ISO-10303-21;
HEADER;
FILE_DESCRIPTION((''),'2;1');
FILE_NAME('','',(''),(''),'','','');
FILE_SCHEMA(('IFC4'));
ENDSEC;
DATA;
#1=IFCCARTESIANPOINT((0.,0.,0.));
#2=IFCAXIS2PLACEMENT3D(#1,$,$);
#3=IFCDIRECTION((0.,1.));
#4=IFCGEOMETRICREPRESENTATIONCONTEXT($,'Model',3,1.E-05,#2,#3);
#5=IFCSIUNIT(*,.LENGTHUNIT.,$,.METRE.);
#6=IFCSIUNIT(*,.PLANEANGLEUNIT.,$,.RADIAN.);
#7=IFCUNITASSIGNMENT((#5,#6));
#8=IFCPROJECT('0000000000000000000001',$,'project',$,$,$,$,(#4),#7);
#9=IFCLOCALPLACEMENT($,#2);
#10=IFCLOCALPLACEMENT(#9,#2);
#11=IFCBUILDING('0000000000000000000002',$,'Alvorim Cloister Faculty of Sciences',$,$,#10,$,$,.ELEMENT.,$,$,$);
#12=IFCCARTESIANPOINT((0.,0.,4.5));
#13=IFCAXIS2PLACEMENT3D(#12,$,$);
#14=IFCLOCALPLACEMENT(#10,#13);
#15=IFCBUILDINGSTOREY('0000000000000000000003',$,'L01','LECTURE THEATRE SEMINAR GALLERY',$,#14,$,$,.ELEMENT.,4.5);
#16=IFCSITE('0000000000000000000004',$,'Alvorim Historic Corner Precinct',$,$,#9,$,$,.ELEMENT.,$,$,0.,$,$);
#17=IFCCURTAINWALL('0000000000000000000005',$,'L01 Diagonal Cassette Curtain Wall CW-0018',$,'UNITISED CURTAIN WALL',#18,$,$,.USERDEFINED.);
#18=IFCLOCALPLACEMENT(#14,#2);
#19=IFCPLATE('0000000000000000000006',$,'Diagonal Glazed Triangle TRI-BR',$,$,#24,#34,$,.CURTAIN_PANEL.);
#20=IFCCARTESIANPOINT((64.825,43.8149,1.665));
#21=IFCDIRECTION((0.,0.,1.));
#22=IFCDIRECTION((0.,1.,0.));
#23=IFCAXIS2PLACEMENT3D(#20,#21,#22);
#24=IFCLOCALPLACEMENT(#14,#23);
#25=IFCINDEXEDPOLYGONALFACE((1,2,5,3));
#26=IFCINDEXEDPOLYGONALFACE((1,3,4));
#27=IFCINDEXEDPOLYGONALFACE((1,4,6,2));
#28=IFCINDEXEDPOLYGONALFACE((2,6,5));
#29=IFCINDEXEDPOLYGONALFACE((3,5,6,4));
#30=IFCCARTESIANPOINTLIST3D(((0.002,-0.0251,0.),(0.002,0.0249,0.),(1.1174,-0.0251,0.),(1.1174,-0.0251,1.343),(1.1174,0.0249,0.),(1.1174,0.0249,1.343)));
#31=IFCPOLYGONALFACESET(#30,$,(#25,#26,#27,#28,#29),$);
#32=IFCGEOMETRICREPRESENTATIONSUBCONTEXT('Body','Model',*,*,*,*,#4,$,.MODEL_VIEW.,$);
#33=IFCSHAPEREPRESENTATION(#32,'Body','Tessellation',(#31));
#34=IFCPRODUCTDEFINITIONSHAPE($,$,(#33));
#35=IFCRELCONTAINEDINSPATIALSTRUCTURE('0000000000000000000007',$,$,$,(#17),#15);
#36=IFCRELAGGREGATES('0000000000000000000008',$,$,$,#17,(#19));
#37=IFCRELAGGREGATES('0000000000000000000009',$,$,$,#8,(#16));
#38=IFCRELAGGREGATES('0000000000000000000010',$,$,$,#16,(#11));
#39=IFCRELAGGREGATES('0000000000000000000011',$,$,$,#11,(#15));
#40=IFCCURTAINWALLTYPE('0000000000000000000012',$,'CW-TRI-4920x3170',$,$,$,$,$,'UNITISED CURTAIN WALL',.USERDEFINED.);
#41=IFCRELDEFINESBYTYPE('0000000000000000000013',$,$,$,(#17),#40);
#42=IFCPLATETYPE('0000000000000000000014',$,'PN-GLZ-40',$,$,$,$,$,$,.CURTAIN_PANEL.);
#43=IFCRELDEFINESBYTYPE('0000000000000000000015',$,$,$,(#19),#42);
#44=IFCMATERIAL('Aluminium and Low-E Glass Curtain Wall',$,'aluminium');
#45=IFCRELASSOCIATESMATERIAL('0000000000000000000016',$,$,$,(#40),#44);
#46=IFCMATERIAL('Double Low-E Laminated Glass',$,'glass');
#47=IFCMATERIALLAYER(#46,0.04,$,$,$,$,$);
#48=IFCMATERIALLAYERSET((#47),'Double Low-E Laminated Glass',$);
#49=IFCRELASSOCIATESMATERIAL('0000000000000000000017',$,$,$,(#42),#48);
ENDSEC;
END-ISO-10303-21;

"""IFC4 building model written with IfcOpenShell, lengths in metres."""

from ifc_helpers import new_model, si_unit, direction, frame, origin, place, context, subcontext, project, spatial, polyline, outline, extrude, material, layer, layer_set, type_object, element, aggregate, save


model = new_model("IFC4")

# Units and contexts
model_context = context("Model", 3, precision=1e-05, world=origin(), true_north=direction((0.0, 1.0)))
body_context = subcontext(model_context, "Body", "Model", "MODEL_VIEW")
ifc_project = project(units=[si_unit("LENGTHUNIT", "METRE"), si_unit("PLANEANGLEUNIT", "RADIAN")], contexts=[model_context])

# Site, building, storey
site_placement = place(None, origin())
site = spatial("IfcSite", under=ifc_project, at=site_placement, Name="Alvorim Historic Corner Precinct", CompositionType="ELEMENT", RefElevation=0.0)
building_placement = place(site_placement, origin())
building = spatial("IfcBuilding", under=site, at=building_placement, Name="Alvorim Cloister Faculty of Sciences", CompositionType="ELEMENT")
storey_placement = place(building_placement, frame((0.0, 0.0, 4.5)))
storey = spatial("IfcBuildingStorey", under=building, at=storey_placement, Name="L01", Description="LECTURE THEATRE SEMINAR GALLERY", CompositionType="ELEMENT", Elevation=4.5)

# Curtain wall
ifc_material_1 = material(Name="Aluminium and Low-E Glass Curtain Wall", Category="aluminium")
curtain_wall_type_1 = type_object("IfcCurtainWallType", Name="CW-TRI-4920x3170", ElementType="UNITISED CURTAIN WALL", PredefinedType="USERDEFINED", material=ifc_material_1)
curtain_wall_1_placement = place(storey_placement, origin())
curtain_wall_1 = element("IfcCurtainWall", 1, at=curtain_wall_1_placement, inside=storey, type_object=curtain_wall_type_1, Name="L01 Diagonal Cassette Curtain Wall CW-0018", ObjectType="UNITISED CURTAIN WALL", PredefinedType="USERDEFINED")

# Plate
ifc_material_2 = material(Name="Double Low-E Laminated Glass", Category="glass")
ifc_layer = layer(ifc_material_2, 0.04)
ifc_layer_set = layer_set([ifc_layer], Name="Double Low-E Laminated Glass")
plate_type = type_object("IfcPlateType", Name="PN-GLZ-40", PredefinedType="CURTAIN_PANEL", material=ifc_layer_set)
plate_1_placement = place(storey_placement, frame((64.825, 43.8149, 1.665), z_axis=(0.0, 0.0, 1.0), x_axis=(0.0, 1.0, 0.0)))
plate_1 = element("IfcPlate", 2, at=plate_1_placement, type_object=plate_type, Name="Diagonal Glazed Triangle TRI-BR", PredefinedType="CURTAIN_PANEL", context=body_context, shape_type="SweptSolid", body=[
    extrude(outline(polyline([(0.002, 0.0), (1.1174, 0.0), (1.1174, 1.343), (0.002, 0.0)])), frame((0.0, 0.0249, 0.0), z_axis=(0.0, -1.0, 0.0), x_axis=(1.0, 0.0, 0.0)), (0.0, 0.0, 1.0), 0.05),
])
aggregate(curtain_wall_1, [plate_1])

save(model, "model.ifc")
